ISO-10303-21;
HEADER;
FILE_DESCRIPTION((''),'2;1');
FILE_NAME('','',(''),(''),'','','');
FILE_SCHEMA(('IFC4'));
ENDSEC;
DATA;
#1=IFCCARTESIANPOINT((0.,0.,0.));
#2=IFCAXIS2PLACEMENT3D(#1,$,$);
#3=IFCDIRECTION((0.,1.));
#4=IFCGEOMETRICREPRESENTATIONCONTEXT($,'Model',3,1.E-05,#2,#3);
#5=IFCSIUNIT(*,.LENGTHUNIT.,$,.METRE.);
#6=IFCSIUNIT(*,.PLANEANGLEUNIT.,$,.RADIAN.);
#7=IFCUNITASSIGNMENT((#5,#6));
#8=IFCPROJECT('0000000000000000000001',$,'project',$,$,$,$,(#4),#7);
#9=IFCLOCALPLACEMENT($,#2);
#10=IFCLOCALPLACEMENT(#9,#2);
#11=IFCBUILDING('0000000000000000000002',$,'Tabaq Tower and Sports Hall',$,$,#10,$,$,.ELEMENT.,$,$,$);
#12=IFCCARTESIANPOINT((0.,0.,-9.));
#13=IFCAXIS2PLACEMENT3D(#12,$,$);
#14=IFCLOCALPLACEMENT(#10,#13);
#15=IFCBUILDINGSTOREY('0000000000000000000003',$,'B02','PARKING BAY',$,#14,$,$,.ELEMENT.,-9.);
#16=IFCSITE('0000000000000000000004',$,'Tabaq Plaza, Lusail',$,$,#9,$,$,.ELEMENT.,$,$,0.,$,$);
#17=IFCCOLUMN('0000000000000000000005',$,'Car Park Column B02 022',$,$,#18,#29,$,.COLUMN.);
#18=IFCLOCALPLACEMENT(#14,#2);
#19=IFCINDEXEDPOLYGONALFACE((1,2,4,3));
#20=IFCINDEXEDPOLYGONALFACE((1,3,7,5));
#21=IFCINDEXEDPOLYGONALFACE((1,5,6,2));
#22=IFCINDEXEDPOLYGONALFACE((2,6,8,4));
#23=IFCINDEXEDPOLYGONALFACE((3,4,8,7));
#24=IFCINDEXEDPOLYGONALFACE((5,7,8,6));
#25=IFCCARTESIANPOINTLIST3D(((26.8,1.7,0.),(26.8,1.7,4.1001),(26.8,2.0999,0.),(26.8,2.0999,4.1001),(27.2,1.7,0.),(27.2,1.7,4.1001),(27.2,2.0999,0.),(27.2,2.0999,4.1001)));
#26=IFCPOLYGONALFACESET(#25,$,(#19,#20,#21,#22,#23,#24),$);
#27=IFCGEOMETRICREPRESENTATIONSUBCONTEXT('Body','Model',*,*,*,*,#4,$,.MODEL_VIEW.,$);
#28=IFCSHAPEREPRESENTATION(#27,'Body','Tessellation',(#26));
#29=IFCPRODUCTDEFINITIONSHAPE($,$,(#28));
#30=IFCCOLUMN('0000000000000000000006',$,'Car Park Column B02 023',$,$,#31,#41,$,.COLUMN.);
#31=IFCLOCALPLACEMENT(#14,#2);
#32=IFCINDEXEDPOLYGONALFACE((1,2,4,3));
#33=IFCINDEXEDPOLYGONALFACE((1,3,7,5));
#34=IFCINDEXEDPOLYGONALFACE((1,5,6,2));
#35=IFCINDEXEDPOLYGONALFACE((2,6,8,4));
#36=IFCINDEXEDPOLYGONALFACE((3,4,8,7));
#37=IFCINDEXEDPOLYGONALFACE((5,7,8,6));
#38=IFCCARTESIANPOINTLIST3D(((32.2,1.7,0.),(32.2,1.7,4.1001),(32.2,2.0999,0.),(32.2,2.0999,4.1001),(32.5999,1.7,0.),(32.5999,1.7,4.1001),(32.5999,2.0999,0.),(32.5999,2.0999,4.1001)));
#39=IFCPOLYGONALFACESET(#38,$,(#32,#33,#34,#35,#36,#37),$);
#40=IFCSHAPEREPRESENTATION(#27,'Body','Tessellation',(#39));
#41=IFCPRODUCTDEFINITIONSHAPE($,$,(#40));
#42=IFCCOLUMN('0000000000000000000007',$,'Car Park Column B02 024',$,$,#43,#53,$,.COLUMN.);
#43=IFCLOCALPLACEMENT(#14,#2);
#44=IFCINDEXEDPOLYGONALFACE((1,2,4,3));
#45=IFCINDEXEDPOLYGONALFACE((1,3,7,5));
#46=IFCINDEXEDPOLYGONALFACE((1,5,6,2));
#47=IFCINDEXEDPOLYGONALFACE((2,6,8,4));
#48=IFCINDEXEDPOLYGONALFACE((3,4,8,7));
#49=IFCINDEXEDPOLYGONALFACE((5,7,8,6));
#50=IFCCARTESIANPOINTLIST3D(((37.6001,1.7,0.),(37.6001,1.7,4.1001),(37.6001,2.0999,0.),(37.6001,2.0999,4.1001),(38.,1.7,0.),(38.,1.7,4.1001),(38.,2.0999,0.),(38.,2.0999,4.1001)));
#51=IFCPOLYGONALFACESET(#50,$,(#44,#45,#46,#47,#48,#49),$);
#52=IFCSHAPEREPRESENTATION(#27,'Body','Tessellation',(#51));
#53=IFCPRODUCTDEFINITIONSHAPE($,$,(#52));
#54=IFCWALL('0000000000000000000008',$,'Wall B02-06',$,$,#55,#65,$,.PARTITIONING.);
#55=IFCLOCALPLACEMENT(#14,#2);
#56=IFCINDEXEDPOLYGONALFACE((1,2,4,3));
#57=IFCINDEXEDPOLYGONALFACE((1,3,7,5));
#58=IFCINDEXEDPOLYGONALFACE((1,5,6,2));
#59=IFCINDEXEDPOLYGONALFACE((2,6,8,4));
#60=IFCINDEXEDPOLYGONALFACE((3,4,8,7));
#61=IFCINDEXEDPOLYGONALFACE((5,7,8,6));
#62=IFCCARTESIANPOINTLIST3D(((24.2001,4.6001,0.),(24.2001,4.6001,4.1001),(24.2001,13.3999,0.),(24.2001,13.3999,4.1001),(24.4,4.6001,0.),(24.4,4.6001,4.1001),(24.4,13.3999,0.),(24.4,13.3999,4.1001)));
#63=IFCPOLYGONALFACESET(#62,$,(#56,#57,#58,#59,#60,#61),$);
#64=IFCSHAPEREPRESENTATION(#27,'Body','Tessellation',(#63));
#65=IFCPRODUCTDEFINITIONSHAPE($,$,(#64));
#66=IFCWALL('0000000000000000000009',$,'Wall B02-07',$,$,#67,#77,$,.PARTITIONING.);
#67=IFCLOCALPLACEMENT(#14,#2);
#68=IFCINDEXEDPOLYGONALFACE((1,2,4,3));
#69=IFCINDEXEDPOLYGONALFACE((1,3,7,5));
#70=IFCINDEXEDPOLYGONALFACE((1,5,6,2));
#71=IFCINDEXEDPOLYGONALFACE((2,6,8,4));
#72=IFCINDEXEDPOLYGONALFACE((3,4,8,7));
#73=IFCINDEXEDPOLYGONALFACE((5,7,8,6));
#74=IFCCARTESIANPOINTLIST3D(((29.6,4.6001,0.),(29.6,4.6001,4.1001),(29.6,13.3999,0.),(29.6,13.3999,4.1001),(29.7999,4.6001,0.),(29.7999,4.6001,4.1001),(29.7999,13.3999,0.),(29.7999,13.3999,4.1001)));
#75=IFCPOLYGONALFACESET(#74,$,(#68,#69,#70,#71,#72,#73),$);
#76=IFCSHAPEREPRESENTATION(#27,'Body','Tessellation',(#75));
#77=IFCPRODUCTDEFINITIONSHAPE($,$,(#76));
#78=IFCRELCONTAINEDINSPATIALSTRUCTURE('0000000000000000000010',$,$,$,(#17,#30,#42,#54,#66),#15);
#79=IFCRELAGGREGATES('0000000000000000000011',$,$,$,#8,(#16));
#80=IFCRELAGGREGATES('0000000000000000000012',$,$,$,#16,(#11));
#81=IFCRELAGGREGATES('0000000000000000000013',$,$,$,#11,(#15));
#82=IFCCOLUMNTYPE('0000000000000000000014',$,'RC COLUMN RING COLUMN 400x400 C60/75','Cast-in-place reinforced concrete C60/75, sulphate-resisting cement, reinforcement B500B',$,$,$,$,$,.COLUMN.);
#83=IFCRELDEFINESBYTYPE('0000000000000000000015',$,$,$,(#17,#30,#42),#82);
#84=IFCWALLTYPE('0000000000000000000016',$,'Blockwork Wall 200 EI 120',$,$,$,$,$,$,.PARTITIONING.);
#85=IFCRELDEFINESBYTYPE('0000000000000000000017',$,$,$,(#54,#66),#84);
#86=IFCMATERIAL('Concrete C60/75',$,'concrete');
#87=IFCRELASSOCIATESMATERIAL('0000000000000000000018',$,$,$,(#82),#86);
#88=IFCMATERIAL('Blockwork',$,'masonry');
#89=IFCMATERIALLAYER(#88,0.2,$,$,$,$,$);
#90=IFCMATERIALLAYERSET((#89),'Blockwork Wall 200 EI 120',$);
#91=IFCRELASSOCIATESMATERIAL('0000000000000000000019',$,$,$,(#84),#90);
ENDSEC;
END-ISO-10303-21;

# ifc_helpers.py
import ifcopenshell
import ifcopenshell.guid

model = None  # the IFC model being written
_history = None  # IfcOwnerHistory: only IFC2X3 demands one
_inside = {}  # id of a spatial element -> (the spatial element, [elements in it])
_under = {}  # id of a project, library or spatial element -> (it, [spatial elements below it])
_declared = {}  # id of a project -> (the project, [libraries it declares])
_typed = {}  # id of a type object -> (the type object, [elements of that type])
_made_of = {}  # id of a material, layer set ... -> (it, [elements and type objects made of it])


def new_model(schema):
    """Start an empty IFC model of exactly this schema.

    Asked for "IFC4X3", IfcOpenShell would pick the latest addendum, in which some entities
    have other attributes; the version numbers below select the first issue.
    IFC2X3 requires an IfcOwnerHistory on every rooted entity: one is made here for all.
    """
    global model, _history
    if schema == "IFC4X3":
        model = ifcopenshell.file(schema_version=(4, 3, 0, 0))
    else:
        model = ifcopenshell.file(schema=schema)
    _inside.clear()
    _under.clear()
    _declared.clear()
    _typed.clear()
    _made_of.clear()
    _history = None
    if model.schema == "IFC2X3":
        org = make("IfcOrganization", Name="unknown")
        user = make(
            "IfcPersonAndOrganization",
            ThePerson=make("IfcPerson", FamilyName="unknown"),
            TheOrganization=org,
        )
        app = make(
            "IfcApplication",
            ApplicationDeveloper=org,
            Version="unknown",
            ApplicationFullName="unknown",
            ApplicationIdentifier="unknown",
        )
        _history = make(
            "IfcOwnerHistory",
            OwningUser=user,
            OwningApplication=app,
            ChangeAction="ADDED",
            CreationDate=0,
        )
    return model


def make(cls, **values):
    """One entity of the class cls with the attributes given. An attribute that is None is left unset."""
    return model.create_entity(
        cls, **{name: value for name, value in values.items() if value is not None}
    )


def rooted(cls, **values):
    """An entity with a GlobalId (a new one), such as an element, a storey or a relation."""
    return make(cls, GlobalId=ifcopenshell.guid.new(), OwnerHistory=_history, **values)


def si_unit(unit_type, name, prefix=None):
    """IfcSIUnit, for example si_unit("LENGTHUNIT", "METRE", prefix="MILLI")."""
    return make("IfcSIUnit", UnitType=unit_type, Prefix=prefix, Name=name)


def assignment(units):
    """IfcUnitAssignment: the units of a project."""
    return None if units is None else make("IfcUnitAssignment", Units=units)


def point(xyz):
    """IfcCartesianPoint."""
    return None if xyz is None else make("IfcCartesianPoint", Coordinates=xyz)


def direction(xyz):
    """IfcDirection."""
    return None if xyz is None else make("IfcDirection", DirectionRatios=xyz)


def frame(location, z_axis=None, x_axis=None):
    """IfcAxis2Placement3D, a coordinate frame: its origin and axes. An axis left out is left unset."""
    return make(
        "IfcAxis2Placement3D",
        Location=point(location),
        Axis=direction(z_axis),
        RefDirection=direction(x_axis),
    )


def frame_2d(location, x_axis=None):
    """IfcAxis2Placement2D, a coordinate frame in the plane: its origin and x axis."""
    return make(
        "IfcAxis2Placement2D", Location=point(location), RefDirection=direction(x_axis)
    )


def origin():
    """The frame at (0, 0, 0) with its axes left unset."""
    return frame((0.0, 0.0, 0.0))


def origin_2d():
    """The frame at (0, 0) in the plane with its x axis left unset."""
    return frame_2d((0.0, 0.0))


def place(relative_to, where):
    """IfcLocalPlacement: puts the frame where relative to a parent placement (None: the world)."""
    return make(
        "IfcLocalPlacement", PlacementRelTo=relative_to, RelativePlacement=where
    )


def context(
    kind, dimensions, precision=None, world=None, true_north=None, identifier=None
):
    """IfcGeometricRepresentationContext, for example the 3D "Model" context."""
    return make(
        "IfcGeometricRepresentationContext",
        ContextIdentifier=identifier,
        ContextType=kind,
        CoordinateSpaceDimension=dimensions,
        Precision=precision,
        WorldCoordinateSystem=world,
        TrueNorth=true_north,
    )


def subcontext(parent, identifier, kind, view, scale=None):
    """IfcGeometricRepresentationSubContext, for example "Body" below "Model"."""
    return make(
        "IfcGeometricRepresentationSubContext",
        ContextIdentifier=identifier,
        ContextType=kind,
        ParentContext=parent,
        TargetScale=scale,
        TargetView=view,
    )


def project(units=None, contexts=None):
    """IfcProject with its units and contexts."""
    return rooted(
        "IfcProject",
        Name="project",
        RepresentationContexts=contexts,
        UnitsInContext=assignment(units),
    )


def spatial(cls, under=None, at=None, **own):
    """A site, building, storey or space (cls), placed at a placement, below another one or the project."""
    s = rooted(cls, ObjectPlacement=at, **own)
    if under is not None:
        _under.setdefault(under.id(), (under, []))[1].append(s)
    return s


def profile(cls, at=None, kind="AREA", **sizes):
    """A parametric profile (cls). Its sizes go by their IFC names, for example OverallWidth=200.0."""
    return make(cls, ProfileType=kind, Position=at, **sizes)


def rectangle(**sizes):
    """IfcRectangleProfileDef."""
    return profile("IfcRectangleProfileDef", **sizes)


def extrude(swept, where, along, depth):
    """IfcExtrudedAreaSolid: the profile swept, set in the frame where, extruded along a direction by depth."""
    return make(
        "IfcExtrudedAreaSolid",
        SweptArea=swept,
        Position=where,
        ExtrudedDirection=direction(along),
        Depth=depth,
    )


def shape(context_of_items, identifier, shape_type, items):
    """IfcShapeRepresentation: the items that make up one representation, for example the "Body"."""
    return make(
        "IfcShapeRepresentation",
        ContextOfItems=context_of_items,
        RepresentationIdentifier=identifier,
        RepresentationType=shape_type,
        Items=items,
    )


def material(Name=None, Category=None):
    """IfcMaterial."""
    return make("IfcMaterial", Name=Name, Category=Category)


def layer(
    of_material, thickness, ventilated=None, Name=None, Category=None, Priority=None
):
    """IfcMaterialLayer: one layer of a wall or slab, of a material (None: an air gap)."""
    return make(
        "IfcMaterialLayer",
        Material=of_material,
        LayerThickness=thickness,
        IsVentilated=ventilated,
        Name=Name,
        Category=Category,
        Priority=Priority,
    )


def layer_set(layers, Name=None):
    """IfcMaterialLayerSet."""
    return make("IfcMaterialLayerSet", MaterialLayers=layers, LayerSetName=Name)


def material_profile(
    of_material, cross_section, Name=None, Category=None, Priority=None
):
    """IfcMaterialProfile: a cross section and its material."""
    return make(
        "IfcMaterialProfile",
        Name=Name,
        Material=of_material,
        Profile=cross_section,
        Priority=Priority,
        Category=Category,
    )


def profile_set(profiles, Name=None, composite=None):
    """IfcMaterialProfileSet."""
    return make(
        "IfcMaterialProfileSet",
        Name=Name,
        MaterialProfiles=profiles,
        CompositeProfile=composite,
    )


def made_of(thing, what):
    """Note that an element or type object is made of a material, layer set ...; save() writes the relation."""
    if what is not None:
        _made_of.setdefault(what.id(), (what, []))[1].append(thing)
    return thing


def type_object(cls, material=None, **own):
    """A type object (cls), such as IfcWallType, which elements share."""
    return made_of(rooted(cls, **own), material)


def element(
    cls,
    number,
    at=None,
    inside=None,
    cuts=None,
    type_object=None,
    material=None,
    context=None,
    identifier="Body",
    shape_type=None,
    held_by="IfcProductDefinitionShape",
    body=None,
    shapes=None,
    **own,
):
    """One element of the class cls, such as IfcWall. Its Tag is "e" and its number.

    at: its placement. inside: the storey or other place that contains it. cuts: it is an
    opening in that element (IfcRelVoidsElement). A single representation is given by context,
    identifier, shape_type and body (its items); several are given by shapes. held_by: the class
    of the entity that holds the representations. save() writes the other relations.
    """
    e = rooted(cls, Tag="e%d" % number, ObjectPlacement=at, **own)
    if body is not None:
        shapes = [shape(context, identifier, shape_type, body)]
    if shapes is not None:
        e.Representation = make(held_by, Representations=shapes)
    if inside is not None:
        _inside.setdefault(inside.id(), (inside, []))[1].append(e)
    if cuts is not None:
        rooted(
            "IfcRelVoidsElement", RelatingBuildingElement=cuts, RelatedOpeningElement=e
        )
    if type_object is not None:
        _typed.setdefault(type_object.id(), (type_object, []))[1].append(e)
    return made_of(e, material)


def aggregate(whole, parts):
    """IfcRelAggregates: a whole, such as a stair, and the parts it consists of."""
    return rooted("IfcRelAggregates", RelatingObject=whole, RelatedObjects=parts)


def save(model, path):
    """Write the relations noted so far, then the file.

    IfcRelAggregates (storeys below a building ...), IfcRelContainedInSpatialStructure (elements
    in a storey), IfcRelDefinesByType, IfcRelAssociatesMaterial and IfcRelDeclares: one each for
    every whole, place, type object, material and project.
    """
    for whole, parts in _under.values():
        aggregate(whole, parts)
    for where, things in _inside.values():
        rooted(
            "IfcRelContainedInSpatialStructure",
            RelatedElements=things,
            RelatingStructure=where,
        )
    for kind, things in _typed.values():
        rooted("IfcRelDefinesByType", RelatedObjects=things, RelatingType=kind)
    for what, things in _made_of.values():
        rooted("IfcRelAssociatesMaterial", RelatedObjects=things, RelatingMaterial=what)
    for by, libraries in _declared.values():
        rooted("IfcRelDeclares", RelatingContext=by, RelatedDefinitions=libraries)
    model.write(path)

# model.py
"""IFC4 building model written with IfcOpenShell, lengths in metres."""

from ifc_helpers import new_model, si_unit, direction, frame, frame_2d, origin, origin_2d, place, context, subcontext, project, spatial, rectangle, extrude, material, layer, layer_set, material_profile, profile_set, type_object, element, save


model = new_model("IFC4")

# Units and contexts
model_context = context("Model", 3, precision=1e-05, world=origin(), true_north=direction((0.0, 1.0)))
body_context = subcontext(model_context, "Body", "Model", "MODEL_VIEW")
ifc_project = project(units=[si_unit("LENGTHUNIT", "METRE"), si_unit("PLANEANGLEUNIT", "RADIAN")], contexts=[model_context])

# Site, building, storey
site_placement = place(None, origin())
site = spatial("IfcSite", under=ifc_project, at=site_placement, Name="Tabaq Plaza, Lusail", CompositionType="ELEMENT", RefElevation=0.0)
building_placement = place(site_placement, origin())
building = spatial("IfcBuilding", under=site, at=building_placement, Name="Tabaq Tower and Sports Hall", CompositionType="ELEMENT")
storey_placement = place(building_placement, frame((0.0, 0.0, -9.0)))
storey = spatial("IfcBuildingStorey", under=building, at=storey_placement, Name="B02", Description="PARKING BAY", CompositionType="ELEMENT", Elevation=-9.0)

# Columns
ifc_material_1 = material(Name="Concrete C60/75", Category="concrete")
ifc_material_profile_1 = material_profile(ifc_material_1, rectangle(XDim=0.3999, YDim=0.3999, at=origin_2d()), Name="RING COLUMN 400x400")
ifc_profile_set_1 = profile_set([ifc_material_profile_1], Name="Concrete C60/75")
column_type_1 = type_object("IfcColumnType", Name="RC COLUMN RING COLUMN 400x400 C60/75", Description="Cast-in-place reinforced concrete C60/75, sulphate-resisting cement, reinforcement B500B", PredefinedType="COLUMN", material=ifc_profile_set_1)
for number, where, z_axis, x_axis, name in (
    (1, (27.0, 1.8999, 0.0), (0.0, 0.0, 1.0), (1.0, 0.0, 0.0), "Car Park Column B02 022"),
    (2, (32.3999, 1.8999, 0.0), (0.0, 0.0, 1.0), (1.0, 0.0, 0.0), "Car Park Column B02 023"),
    (3, (37.8, 1.8999, 0.0), (0.0, 0.0, 1.0), (1.0, 0.0, 0.0), "Car Park Column B02 024"),
):
    element("IfcColumn", number, at=place(storey_placement, frame(where, z_axis=z_axis, x_axis=x_axis)), inside=storey, type_object=column_type_1, Name=name, PredefinedType="COLUMN", context=body_context, shape_type="SweptSolid", body=[
        extrude(rectangle(XDim=0.3999, YDim=0.3999, at=origin_2d()), origin(), (0.0, 0.0, 1.0), 4.1001),
    ])

# Walls
ifc_material_2 = material(Name="Blockwork", Category="masonry")
ifc_layer = layer(ifc_material_2, 0.2)
ifc_layer_set = layer_set([ifc_layer], Name="Blockwork Wall 200 EI 120")
wall_type = type_object("IfcWallType", Name="Blockwork Wall 200 EI 120", PredefinedType="PARTITIONING", material=ifc_layer_set)
for number, where, z_axis, x_axis, name in (
    (4, (24.3, 4.6001, 0.0), (0.0, 0.0, 1.0), (0.0, 1.0, 0.0), "Wall B02-06"),
    (5, (29.7, 4.6001, 0.0), (0.0, 0.0, 1.0), (0.0, 1.0, 0.0), "Wall B02-07"),
):
    element("IfcWall", number, at=place(storey_placement, frame(where, z_axis=z_axis, x_axis=x_axis)), inside=storey, type_object=wall_type, Name=name, PredefinedType="PARTITIONING", context=body_context, shape_type="SweptSolid", body=[
        extrude(rectangle(XDim=8.7998, YDim=0.2, at=frame_2d((4.3999, 0.0))), origin(), (0.0, 0.0, 1.0), 4.1001),
    ])

save(model, "model.ifc")
